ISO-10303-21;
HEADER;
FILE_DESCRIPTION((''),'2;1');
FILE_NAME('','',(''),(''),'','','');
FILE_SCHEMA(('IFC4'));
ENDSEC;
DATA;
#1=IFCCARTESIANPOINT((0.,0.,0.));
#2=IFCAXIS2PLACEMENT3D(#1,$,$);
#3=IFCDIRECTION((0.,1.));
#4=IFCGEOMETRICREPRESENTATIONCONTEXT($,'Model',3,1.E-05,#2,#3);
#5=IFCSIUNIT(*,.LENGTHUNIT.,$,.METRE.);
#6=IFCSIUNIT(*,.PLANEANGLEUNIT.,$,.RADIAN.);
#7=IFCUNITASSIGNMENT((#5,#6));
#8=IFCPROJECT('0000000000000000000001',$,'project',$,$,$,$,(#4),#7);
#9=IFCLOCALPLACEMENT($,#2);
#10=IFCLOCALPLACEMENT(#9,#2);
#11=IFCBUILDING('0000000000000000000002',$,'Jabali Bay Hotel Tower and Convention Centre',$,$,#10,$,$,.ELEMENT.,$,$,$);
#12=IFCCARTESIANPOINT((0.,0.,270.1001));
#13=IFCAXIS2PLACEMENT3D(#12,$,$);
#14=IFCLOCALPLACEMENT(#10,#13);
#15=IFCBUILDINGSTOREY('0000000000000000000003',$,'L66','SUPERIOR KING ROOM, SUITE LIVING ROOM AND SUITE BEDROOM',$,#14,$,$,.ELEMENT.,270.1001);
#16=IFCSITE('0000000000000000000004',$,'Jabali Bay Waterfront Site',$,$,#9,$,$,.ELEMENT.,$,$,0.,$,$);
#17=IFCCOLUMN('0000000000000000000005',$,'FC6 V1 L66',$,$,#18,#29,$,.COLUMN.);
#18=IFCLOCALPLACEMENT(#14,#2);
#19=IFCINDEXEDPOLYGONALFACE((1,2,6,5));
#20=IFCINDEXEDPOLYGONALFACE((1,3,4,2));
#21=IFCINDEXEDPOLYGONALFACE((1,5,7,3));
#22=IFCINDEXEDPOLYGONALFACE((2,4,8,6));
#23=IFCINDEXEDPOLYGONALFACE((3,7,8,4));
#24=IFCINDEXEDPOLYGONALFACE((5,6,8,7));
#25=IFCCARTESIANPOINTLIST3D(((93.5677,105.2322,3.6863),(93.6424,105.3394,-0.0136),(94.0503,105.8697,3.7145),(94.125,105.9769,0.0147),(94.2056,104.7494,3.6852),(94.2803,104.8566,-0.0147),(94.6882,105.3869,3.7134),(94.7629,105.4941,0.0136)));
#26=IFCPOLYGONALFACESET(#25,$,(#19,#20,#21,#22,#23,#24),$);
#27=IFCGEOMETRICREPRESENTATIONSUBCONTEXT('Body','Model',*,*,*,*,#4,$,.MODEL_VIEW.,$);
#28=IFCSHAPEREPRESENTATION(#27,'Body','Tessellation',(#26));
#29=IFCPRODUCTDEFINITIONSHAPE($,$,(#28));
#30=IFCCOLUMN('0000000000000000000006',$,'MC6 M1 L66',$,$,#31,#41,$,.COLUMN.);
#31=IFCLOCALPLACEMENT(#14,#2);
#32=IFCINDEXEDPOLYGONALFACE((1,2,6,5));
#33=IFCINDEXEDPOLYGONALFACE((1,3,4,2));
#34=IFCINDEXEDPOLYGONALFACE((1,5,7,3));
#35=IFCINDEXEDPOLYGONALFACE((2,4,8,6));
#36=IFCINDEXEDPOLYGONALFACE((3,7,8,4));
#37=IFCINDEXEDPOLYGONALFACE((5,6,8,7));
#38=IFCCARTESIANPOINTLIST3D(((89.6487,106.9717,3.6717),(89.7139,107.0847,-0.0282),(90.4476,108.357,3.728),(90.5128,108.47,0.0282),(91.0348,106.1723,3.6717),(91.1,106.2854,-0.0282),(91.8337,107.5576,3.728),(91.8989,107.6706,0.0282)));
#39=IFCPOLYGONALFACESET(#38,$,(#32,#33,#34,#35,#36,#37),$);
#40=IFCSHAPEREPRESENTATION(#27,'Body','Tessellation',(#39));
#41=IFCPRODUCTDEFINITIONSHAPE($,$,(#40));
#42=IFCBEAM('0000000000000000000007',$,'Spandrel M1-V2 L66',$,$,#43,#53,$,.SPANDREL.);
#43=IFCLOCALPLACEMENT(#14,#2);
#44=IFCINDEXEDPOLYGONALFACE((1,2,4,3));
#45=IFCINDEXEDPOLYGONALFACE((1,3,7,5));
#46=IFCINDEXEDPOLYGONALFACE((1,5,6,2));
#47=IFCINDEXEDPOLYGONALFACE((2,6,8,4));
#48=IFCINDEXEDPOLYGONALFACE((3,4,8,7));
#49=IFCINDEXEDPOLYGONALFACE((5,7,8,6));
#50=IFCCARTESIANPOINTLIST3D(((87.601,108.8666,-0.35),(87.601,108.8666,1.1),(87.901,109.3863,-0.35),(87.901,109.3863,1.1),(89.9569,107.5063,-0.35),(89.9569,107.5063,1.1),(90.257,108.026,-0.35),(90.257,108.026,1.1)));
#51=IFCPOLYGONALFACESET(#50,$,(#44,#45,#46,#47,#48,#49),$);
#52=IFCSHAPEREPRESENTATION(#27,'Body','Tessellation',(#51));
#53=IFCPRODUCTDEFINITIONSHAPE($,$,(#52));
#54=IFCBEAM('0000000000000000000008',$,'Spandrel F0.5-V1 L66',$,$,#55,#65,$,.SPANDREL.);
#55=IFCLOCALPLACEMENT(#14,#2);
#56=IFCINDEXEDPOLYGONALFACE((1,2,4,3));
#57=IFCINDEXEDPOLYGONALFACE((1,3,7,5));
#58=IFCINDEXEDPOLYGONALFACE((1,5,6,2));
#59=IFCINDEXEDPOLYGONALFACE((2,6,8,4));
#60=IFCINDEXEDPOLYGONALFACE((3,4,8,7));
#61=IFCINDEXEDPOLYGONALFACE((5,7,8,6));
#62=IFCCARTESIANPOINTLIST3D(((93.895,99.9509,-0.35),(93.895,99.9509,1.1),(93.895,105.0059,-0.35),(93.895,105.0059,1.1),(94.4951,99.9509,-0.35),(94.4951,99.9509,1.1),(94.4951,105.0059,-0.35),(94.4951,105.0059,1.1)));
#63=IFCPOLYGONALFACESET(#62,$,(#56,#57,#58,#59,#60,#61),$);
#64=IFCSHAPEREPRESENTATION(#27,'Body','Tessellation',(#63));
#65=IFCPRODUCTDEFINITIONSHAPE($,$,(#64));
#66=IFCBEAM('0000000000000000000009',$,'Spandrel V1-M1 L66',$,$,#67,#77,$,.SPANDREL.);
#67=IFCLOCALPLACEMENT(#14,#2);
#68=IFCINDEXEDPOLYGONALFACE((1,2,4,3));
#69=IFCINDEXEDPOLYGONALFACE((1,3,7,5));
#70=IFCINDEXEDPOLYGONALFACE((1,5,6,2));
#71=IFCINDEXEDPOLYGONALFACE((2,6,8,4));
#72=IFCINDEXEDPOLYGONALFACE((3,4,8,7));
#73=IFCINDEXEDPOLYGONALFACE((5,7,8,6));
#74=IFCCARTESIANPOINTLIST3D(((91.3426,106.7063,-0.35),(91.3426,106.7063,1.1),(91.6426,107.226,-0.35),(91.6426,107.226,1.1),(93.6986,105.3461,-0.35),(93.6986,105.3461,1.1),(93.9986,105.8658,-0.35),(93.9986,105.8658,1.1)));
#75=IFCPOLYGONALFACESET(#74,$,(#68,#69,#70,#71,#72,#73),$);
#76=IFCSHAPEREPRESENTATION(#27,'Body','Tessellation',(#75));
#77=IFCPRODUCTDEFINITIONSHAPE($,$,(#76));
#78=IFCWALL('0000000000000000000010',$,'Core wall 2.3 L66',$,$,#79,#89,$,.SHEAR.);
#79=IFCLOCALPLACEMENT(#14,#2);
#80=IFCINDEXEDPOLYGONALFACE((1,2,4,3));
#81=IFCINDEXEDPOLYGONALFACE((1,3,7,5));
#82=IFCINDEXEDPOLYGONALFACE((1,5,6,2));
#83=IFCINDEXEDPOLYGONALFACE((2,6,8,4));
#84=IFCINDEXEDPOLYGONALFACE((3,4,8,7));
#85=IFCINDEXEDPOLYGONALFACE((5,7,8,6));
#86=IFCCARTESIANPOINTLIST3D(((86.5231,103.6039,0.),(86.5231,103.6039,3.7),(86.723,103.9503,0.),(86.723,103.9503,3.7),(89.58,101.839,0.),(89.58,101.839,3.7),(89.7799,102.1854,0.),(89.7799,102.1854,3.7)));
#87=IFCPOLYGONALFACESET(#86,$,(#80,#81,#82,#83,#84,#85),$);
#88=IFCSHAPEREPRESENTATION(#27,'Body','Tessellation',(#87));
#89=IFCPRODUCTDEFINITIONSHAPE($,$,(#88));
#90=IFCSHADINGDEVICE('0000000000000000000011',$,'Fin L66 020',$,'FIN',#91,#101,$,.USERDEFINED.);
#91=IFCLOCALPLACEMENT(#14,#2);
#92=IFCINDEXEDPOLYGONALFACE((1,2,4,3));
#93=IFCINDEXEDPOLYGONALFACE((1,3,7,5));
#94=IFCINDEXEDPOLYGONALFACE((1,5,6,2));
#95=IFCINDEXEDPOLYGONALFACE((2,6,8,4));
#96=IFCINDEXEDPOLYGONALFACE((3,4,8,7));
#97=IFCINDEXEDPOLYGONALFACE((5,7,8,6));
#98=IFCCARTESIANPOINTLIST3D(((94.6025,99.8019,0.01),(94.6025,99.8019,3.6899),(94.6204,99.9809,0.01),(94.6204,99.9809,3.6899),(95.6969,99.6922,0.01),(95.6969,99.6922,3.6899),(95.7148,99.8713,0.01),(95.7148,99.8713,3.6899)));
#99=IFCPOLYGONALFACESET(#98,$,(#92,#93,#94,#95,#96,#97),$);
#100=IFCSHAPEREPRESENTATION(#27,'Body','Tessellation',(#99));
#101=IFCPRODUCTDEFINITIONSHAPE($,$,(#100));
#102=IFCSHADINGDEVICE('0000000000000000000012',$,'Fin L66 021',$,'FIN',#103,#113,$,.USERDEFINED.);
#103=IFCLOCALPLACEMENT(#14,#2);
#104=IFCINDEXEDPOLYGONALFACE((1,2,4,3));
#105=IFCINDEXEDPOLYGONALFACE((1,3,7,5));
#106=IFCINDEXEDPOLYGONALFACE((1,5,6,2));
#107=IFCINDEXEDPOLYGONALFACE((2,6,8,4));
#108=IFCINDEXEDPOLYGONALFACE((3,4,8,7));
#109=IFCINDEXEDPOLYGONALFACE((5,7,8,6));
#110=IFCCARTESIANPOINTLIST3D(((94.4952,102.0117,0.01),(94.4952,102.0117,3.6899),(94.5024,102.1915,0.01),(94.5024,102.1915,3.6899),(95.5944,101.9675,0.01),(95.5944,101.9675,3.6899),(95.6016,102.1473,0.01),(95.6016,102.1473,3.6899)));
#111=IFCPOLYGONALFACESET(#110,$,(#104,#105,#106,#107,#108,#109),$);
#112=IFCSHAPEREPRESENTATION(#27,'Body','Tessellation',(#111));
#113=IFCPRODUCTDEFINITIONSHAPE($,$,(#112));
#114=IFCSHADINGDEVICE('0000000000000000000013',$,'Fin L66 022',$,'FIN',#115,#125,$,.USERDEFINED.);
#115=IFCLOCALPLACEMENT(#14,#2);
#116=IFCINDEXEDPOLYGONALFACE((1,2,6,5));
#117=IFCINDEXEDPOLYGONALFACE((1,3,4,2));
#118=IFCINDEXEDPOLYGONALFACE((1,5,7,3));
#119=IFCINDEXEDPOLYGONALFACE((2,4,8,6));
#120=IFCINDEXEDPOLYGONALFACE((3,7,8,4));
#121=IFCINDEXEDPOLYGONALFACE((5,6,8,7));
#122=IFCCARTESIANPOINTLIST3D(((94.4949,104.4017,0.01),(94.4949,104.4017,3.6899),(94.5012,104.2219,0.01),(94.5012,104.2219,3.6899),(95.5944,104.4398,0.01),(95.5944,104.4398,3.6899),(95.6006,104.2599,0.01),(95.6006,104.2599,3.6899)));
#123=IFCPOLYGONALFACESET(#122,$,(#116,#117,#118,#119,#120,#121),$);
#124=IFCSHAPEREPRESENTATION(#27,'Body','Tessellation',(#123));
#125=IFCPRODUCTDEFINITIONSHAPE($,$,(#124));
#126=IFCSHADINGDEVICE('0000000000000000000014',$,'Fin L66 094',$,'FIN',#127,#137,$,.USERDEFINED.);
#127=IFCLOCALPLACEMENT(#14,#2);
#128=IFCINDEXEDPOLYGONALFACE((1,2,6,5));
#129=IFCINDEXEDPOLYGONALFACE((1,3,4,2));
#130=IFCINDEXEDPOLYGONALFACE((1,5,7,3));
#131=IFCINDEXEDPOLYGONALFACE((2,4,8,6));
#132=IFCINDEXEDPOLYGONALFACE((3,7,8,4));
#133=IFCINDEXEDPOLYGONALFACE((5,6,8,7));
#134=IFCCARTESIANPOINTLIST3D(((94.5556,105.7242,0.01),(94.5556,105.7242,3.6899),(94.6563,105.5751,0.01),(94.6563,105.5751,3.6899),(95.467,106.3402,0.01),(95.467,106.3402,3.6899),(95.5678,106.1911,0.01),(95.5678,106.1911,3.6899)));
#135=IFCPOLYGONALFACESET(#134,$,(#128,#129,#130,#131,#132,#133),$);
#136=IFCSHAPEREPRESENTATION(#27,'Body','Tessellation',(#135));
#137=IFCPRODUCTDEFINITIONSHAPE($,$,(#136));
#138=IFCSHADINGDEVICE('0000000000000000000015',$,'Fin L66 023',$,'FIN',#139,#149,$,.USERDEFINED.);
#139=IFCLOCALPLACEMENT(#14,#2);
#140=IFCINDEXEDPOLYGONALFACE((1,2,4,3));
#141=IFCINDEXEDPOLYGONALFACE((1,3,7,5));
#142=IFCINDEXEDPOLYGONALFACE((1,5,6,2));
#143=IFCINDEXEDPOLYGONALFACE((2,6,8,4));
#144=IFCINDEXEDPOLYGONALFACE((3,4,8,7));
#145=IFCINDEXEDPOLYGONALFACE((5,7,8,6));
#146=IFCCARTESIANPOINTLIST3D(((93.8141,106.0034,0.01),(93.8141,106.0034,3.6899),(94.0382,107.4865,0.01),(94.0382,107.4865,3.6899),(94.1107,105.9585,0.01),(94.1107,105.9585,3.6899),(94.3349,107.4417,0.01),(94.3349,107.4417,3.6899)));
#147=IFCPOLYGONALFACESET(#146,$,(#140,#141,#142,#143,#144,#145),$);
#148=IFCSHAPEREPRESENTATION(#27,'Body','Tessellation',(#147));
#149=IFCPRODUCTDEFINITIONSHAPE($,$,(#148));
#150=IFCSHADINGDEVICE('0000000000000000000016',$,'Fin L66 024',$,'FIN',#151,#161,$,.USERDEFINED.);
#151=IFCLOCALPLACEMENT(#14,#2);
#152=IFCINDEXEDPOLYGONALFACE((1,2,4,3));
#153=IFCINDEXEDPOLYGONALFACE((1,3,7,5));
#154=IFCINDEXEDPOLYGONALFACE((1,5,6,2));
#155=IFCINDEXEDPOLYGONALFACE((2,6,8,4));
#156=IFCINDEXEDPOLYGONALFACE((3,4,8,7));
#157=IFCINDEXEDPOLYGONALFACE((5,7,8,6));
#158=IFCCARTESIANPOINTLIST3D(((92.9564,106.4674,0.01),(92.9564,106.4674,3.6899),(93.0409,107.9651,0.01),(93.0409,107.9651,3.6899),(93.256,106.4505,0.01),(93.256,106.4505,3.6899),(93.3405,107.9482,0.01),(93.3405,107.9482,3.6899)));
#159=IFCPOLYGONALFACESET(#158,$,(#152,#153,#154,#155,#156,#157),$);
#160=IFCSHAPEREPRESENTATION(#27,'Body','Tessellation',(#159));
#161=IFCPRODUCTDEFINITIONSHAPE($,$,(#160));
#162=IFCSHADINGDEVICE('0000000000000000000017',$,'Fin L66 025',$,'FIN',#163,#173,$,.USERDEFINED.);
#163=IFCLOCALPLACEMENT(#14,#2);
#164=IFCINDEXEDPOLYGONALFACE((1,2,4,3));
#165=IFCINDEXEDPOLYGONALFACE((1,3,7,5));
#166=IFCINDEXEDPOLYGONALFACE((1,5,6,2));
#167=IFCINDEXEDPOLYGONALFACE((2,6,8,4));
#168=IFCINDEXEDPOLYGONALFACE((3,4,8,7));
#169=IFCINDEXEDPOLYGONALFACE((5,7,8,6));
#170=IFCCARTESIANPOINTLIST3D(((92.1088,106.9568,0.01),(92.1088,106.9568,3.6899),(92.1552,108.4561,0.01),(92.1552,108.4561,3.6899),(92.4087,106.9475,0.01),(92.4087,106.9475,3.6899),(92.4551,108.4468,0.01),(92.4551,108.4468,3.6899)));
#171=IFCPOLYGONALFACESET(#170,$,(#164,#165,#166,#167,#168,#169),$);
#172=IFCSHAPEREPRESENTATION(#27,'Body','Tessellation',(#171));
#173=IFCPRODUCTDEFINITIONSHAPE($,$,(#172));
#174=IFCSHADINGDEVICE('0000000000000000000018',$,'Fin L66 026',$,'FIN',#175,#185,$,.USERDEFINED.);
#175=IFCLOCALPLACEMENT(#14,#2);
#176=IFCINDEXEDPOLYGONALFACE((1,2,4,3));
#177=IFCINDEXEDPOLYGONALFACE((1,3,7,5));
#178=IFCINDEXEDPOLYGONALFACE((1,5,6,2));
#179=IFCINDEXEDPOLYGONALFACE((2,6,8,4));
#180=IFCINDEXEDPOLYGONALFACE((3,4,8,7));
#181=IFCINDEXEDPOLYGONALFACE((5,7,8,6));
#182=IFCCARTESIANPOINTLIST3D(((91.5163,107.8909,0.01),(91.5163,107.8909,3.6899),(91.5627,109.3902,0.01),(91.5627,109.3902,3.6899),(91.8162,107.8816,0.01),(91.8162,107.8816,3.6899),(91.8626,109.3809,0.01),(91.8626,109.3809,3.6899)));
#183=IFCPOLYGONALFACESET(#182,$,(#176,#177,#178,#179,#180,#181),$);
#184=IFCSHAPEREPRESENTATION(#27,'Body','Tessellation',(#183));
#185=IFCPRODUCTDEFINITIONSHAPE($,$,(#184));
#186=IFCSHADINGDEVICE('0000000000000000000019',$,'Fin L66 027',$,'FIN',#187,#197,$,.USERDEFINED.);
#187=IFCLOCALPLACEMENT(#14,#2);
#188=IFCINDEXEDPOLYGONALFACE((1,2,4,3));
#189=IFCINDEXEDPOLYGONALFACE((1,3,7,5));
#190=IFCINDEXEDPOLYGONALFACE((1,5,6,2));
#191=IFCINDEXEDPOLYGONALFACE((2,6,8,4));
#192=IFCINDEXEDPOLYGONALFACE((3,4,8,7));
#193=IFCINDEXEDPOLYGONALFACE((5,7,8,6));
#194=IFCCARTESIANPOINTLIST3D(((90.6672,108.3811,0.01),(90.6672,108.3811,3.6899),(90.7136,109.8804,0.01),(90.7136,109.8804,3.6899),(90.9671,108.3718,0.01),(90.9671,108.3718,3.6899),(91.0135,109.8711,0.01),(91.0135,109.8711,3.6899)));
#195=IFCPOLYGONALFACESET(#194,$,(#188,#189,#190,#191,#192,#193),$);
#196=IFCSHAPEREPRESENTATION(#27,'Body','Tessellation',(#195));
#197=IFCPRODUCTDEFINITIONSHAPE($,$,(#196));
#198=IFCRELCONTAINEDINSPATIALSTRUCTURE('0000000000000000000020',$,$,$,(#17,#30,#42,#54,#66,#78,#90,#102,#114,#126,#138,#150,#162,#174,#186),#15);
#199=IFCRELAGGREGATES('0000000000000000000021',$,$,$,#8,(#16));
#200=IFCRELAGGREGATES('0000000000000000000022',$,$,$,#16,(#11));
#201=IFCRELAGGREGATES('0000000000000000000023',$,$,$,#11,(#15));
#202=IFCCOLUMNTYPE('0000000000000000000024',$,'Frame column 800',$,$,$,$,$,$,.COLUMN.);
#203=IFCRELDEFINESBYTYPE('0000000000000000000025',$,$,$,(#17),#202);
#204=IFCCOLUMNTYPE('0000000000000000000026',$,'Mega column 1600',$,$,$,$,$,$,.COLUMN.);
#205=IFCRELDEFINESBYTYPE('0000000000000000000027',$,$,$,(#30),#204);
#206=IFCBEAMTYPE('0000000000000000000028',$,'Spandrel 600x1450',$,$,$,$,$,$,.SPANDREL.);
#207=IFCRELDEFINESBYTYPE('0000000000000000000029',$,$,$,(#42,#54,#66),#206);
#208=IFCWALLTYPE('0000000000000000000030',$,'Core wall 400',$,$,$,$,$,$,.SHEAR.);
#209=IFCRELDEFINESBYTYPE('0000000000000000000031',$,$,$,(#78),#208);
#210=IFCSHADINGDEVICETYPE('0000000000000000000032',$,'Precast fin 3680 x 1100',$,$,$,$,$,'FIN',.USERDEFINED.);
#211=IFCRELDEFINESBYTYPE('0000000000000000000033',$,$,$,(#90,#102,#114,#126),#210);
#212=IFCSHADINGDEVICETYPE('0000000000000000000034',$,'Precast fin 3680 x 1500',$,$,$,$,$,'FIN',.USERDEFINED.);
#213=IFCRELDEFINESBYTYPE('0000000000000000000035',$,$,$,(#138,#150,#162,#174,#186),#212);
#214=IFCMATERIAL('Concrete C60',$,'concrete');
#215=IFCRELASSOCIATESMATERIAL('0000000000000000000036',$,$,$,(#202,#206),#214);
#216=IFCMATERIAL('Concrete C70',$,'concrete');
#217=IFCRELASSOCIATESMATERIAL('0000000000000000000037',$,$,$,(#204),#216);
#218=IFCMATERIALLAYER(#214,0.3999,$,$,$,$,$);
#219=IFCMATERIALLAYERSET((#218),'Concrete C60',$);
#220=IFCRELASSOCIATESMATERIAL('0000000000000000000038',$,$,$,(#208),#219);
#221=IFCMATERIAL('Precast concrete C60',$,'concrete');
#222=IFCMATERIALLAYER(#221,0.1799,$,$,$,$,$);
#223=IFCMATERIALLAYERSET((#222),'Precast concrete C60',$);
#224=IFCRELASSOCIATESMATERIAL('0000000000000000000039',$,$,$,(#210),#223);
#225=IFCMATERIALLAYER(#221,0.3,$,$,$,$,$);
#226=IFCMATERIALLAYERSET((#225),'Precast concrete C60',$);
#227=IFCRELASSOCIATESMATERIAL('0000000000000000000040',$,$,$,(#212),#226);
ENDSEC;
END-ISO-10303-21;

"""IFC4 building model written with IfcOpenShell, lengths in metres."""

from ifc_helpers import new_model, si_unit, direction, frame, frame_2d, origin, origin_2d, place, context, subcontext, project, spatial, rectangle, extrude, material, layer, layer_set, material_profile, profile_set, type_object, element, save


model = new_model("IFC4")

# Units and contexts
model_context = context("Model", 3, precision=1e-05, world=origin(), true_north=direction((0.0, 1.0)))
body_context = subcontext(model_context, "Body", "Model", "MODEL_VIEW")
ifc_project = project(units=[si_unit("LENGTHUNIT", "METRE"), si_unit("PLANEANGLEUNIT", "RADIAN")], contexts=[model_context])

# Site, building, storey
site_placement = place(None, origin())
site = spatial("IfcSite", under=ifc_project, at=site_placement, Name="Jabali Bay Waterfront Site", CompositionType="ELEMENT", RefElevation=0.0)
building_placement = place(site_placement, origin())
building = spatial("IfcBuilding", under=site, at=building_placement, Name="Jabali Bay Hotel Tower and Convention Centre", CompositionType="ELEMENT")
storey_placement = place(building_placement, frame((0.0, 0.0, 270.1001)))
storey = spatial("IfcBuildingStorey", under=building, at=storey_placement, Name="L66", Description="SUPERIOR KING ROOM, SUITE LIVING ROOM AND SUITE BEDROOM", CompositionType="ELEMENT", Elevation=270.1001)

# Columns
ifc_material_1 = material(Name="Concrete C60", Category="concrete")
ifc_material_profile_1 = material_profile(ifc_material_1, rectangle(XDim=0.8, YDim=0.8, at=origin_2d()), Name="Frame column 800")
ifc_profile_set_1 = profile_set([ifc_material_profile_1], Name="Concrete C60")
column_type_1 = type_object("IfcColumnType", Name="Frame column 800", PredefinedType="COLUMN", material=ifc_profile_set_1)
column_1_placement = place(storey_placement, frame((94.2026, 105.4167, 0.0), z_axis=(-0.020179, -0.028949, 0.999377), x_axis=(0.603178, 0.796827, 0.035261)))
element("IfcColumn", 1, at=column_1_placement, inside=storey, type_object=column_type_1, Name="FC6 V1 L66", PredefinedType="COLUMN", context=body_context, shape_type="SweptSolid", body=[
    extrude(rectangle(XDim=0.8, YDim=0.8, at=origin_2d()), origin(), (0.0, 0.0, 1.0), 3.7021),
])
ifc_material_2 = material(Name="Concrete C70", Category="concrete")
ifc_material_profile_2 = material_profile(ifc_material_2, rectangle(XDim=1.6001, YDim=1.6001, at=origin_2d()), Name="Mega column 1600")
ifc_profile_set_2 = profile_set([ifc_material_profile_2], Name="Concrete C70")
column_type_2 = type_object("IfcColumnType", Name="Mega column 1600", PredefinedType="COLUMN", material=ifc_profile_set_2)
column_2_placement = place(storey_placement, frame((90.8064, 107.3777, 0.0), z_axis=(-0.017607, -0.030532, 0.999379), x_axis=(0.499259, 0.865736, 0.035245)))
element("IfcColumn", 2, at=column_2_placement, inside=storey, type_object=column_type_2, Name="MC6 M1 L66", PredefinedType="COLUMN", context=body_context, shape_type="SweptSolid", body=[
    extrude(rectangle(XDim=1.6001, YDim=1.6001, at=origin_2d()), origin(), (0.0, 0.0, 1.0), 3.7021),
])

# Beams
ifc_material_profile_3 = material_profile(ifc_material_1, rectangle(XDim=0.6001, YDim=1.45, at=origin_2d()), Name="Spandrel 600x1450")
ifc_profile_set_3 = profile_set([ifc_material_profile_3], Name="Concrete C60")
beam_type = type_object("IfcBeamType", Name="Spandrel 600x1450", PredefinedType="SPANDREL", material=ifc_profile_set_3)
beam_1_placement = place(storey_placement, frame((90.1069, 107.7661, 0.375), z_axis=(-0.866003, 0.500038, 0.0), x_axis=(-0.500038, -0.866003, 0.0)))
element("IfcBeam", 3, at=beam_1_placement, inside=storey, type_object=beam_type, Name="Spandrel M1-V2 L66", PredefinedType="SPANDREL", context=body_context, shape_type="SweptSolid", body=[
    extrude(rectangle(XDim=0.6001, YDim=1.45, at=origin_2d()), origin(), (0.0, 0.0, 1.0), 2.7205),
])
beam_2_placement = place(storey_placement, frame((94.1951, 99.9509, 0.375), z_axis=(0.0, 1.0, 0.0), x_axis=(-1.0, 0.0, 0.0)))
element("IfcBeam", 4, at=beam_2_placement, inside=storey, type_object=beam_type, Name="Spandrel F0.5-V1 L66", PredefinedType="SPANDREL", context=body_context, shape_type="SweptSolid", body=[
    extrude(rectangle(XDim=0.6001, YDim=1.45, at=origin_2d()), origin(), (0.0, 0.0, 1.0), 5.0549),
])
beam_3_placement = place(storey_placement, frame((93.8486, 105.606, 0.375), z_axis=(-0.866042, 0.499971, 0.0), x_axis=(-0.499971, -0.866042, 0.0)))
element("IfcBeam", 5, at=beam_3_placement, inside=storey, type_object=beam_type, Name="Spandrel V1-M1 L66", PredefinedType="SPANDREL", context=body_context, shape_type="SweptSolid", body=[
    extrude(rectangle(XDim=0.6001, YDim=1.45, at=origin_2d()), origin(), (0.0, 0.0, 1.0), 2.7205),
])

# Wall
ifc_layer_1 = layer(ifc_material_1, 0.3999)
ifc_layer_set_1 = layer_set([ifc_layer_1], Name="Concrete C60")
wall_type_1 = type_object("IfcWallType", Name="Core wall 400", PredefinedType="SHEAR", material=ifc_layer_set_1)
wall_1_placement = place(storey_placement, frame((89.6799, 102.0122, 0.0), z_axis=(0.0, 0.0, 1.0), x_axis=(-0.866025, 0.5, 0.0)))
element("IfcWall", 6, at=wall_1_placement, inside=storey, type_object=wall_type_1, Name="Core wall 2.3 L66", PredefinedType="SHEAR", context=body_context, shape_type="SweptSolid", body=[
    extrude(rectangle(XDim=3.5298, YDim=0.3999, at=frame_2d((1.7649, 0.0))), origin(), (0.0, 0.0, 1.0), 3.7),
])

# Shading devices
ifc_material_3 = material(Name="Precast concrete C60", Category="concrete")
ifc_layer_2 = layer(ifc_material_3, 0.1799)
ifc_layer_set_2 = layer_set([ifc_layer_2], Name="Precast concrete C60")
shading_device_type_1 = type_object("IfcShadingDeviceType", Name="Precast fin 3680 x 1100", ElementType="FIN", PredefinedType="USERDEFINED", material=ifc_layer_set_2)
shading_device_placement = place(storey_placement, frame((94.6116, 99.8914, 0.01), z_axis=(0.0, 0.0, 1.0), x_axis=(0.995022, -0.099658, 0.0)))
element("IfcShadingDevice", 7, at=shading_device_placement, inside=storey, type_object=shading_device_type_1, Name="Fin L66 020", ObjectType="FIN", PredefinedType="USERDEFINED", context=body_context, shape_type="SweptSolid", body=[
    extrude(rectangle(XDim=1.0999, YDim=0.1799, at=frame_2d((0.5498, 0.0))), origin(), (0.0, 0.0, 1.0), 3.6799),
])
for number, where, z_axis, x_axis, name in (
    (8, (94.4988, 102.1016, 0.01), (0.0, 0.0, 1.0), (0.999193, -0.040172, 0.0), "Fin L66 021"),
    (9, (94.498, 104.3118, 0.01), (0.0, 0.0, 1.0), (0.9994, 0.034623, 0.0), "Fin L66 022"),
    (10, (94.606, 105.6497, 0.01), (0.0, 0.0, 1.0), (0.828517, 0.559964, 0.0), "Fin L66 094"),
):
    element("IfcShadingDevice", number, at=place(storey_placement, frame(where, z_axis=z_axis, x_axis=x_axis)), inside=storey, type_object=shading_device_type_1, Name=name, ObjectType="FIN", PredefinedType="USERDEFINED", context=body_context, shape_type="SweptSolid", body=[
        extrude(rectangle(XDim=1.1001, YDim=0.1799, at=frame_2d((0.55, 0.0))), origin(), (0.0, 0.0, 1.0), 3.6799),
    ])
ifc_layer_3 = layer(ifc_material_3, 0.3)
ifc_layer_set_3 = layer_set([ifc_layer_3], Name="Precast concrete C60")
shading_device_type_2 = type_object("IfcShadingDeviceType", Name="Precast fin 3680 x 1500", ElementType="FIN", PredefinedType="USERDEFINED", material=ifc_layer_set_3)
for number, where, z_axis, x_axis, name in (
    (11, (93.9624, 105.981, 0.01), (0.0, 0.0, 1.0), (0.149415, 0.988775, 0.0), "Fin L66 023"),
    (12, (93.1062, 106.459, 0.01), (0.0, 0.0, 1.0), (0.056317, 0.998413, 0.0), "Fin L66 024"),
    (13, (92.2588, 106.9521, 0.01), (0.0, 0.0, 1.0), (0.030925, 0.999522, 0.0), "Fin L66 025"),
    (14, (91.6663, 107.8862, 0.01), (0.0, 0.0, 1.0), (0.030925, 0.999522, 0.0), "Fin L66 026"),
    (15, (90.8171, 108.3765, 0.01), (0.0, 0.0, 1.0), (0.030925, 0.999522, 0.0), "Fin L66 027"),
):
    element("IfcShadingDevice", number, at=place(storey_placement, frame(where, z_axis=z_axis, x_axis=x_axis)), inside=storey, type_object=shading_device_type_2, Name=name, ObjectType="FIN", PredefinedType="USERDEFINED", context=body_context, shape_type="SweptSolid", body=[
        extrude(rectangle(XDim=1.5, YDim=0.3, at=frame_2d((0.75, 0.0))), origin(), (0.0, 0.0, 1.0), 3.6799),
    ])

save(model, "model.ifc")
